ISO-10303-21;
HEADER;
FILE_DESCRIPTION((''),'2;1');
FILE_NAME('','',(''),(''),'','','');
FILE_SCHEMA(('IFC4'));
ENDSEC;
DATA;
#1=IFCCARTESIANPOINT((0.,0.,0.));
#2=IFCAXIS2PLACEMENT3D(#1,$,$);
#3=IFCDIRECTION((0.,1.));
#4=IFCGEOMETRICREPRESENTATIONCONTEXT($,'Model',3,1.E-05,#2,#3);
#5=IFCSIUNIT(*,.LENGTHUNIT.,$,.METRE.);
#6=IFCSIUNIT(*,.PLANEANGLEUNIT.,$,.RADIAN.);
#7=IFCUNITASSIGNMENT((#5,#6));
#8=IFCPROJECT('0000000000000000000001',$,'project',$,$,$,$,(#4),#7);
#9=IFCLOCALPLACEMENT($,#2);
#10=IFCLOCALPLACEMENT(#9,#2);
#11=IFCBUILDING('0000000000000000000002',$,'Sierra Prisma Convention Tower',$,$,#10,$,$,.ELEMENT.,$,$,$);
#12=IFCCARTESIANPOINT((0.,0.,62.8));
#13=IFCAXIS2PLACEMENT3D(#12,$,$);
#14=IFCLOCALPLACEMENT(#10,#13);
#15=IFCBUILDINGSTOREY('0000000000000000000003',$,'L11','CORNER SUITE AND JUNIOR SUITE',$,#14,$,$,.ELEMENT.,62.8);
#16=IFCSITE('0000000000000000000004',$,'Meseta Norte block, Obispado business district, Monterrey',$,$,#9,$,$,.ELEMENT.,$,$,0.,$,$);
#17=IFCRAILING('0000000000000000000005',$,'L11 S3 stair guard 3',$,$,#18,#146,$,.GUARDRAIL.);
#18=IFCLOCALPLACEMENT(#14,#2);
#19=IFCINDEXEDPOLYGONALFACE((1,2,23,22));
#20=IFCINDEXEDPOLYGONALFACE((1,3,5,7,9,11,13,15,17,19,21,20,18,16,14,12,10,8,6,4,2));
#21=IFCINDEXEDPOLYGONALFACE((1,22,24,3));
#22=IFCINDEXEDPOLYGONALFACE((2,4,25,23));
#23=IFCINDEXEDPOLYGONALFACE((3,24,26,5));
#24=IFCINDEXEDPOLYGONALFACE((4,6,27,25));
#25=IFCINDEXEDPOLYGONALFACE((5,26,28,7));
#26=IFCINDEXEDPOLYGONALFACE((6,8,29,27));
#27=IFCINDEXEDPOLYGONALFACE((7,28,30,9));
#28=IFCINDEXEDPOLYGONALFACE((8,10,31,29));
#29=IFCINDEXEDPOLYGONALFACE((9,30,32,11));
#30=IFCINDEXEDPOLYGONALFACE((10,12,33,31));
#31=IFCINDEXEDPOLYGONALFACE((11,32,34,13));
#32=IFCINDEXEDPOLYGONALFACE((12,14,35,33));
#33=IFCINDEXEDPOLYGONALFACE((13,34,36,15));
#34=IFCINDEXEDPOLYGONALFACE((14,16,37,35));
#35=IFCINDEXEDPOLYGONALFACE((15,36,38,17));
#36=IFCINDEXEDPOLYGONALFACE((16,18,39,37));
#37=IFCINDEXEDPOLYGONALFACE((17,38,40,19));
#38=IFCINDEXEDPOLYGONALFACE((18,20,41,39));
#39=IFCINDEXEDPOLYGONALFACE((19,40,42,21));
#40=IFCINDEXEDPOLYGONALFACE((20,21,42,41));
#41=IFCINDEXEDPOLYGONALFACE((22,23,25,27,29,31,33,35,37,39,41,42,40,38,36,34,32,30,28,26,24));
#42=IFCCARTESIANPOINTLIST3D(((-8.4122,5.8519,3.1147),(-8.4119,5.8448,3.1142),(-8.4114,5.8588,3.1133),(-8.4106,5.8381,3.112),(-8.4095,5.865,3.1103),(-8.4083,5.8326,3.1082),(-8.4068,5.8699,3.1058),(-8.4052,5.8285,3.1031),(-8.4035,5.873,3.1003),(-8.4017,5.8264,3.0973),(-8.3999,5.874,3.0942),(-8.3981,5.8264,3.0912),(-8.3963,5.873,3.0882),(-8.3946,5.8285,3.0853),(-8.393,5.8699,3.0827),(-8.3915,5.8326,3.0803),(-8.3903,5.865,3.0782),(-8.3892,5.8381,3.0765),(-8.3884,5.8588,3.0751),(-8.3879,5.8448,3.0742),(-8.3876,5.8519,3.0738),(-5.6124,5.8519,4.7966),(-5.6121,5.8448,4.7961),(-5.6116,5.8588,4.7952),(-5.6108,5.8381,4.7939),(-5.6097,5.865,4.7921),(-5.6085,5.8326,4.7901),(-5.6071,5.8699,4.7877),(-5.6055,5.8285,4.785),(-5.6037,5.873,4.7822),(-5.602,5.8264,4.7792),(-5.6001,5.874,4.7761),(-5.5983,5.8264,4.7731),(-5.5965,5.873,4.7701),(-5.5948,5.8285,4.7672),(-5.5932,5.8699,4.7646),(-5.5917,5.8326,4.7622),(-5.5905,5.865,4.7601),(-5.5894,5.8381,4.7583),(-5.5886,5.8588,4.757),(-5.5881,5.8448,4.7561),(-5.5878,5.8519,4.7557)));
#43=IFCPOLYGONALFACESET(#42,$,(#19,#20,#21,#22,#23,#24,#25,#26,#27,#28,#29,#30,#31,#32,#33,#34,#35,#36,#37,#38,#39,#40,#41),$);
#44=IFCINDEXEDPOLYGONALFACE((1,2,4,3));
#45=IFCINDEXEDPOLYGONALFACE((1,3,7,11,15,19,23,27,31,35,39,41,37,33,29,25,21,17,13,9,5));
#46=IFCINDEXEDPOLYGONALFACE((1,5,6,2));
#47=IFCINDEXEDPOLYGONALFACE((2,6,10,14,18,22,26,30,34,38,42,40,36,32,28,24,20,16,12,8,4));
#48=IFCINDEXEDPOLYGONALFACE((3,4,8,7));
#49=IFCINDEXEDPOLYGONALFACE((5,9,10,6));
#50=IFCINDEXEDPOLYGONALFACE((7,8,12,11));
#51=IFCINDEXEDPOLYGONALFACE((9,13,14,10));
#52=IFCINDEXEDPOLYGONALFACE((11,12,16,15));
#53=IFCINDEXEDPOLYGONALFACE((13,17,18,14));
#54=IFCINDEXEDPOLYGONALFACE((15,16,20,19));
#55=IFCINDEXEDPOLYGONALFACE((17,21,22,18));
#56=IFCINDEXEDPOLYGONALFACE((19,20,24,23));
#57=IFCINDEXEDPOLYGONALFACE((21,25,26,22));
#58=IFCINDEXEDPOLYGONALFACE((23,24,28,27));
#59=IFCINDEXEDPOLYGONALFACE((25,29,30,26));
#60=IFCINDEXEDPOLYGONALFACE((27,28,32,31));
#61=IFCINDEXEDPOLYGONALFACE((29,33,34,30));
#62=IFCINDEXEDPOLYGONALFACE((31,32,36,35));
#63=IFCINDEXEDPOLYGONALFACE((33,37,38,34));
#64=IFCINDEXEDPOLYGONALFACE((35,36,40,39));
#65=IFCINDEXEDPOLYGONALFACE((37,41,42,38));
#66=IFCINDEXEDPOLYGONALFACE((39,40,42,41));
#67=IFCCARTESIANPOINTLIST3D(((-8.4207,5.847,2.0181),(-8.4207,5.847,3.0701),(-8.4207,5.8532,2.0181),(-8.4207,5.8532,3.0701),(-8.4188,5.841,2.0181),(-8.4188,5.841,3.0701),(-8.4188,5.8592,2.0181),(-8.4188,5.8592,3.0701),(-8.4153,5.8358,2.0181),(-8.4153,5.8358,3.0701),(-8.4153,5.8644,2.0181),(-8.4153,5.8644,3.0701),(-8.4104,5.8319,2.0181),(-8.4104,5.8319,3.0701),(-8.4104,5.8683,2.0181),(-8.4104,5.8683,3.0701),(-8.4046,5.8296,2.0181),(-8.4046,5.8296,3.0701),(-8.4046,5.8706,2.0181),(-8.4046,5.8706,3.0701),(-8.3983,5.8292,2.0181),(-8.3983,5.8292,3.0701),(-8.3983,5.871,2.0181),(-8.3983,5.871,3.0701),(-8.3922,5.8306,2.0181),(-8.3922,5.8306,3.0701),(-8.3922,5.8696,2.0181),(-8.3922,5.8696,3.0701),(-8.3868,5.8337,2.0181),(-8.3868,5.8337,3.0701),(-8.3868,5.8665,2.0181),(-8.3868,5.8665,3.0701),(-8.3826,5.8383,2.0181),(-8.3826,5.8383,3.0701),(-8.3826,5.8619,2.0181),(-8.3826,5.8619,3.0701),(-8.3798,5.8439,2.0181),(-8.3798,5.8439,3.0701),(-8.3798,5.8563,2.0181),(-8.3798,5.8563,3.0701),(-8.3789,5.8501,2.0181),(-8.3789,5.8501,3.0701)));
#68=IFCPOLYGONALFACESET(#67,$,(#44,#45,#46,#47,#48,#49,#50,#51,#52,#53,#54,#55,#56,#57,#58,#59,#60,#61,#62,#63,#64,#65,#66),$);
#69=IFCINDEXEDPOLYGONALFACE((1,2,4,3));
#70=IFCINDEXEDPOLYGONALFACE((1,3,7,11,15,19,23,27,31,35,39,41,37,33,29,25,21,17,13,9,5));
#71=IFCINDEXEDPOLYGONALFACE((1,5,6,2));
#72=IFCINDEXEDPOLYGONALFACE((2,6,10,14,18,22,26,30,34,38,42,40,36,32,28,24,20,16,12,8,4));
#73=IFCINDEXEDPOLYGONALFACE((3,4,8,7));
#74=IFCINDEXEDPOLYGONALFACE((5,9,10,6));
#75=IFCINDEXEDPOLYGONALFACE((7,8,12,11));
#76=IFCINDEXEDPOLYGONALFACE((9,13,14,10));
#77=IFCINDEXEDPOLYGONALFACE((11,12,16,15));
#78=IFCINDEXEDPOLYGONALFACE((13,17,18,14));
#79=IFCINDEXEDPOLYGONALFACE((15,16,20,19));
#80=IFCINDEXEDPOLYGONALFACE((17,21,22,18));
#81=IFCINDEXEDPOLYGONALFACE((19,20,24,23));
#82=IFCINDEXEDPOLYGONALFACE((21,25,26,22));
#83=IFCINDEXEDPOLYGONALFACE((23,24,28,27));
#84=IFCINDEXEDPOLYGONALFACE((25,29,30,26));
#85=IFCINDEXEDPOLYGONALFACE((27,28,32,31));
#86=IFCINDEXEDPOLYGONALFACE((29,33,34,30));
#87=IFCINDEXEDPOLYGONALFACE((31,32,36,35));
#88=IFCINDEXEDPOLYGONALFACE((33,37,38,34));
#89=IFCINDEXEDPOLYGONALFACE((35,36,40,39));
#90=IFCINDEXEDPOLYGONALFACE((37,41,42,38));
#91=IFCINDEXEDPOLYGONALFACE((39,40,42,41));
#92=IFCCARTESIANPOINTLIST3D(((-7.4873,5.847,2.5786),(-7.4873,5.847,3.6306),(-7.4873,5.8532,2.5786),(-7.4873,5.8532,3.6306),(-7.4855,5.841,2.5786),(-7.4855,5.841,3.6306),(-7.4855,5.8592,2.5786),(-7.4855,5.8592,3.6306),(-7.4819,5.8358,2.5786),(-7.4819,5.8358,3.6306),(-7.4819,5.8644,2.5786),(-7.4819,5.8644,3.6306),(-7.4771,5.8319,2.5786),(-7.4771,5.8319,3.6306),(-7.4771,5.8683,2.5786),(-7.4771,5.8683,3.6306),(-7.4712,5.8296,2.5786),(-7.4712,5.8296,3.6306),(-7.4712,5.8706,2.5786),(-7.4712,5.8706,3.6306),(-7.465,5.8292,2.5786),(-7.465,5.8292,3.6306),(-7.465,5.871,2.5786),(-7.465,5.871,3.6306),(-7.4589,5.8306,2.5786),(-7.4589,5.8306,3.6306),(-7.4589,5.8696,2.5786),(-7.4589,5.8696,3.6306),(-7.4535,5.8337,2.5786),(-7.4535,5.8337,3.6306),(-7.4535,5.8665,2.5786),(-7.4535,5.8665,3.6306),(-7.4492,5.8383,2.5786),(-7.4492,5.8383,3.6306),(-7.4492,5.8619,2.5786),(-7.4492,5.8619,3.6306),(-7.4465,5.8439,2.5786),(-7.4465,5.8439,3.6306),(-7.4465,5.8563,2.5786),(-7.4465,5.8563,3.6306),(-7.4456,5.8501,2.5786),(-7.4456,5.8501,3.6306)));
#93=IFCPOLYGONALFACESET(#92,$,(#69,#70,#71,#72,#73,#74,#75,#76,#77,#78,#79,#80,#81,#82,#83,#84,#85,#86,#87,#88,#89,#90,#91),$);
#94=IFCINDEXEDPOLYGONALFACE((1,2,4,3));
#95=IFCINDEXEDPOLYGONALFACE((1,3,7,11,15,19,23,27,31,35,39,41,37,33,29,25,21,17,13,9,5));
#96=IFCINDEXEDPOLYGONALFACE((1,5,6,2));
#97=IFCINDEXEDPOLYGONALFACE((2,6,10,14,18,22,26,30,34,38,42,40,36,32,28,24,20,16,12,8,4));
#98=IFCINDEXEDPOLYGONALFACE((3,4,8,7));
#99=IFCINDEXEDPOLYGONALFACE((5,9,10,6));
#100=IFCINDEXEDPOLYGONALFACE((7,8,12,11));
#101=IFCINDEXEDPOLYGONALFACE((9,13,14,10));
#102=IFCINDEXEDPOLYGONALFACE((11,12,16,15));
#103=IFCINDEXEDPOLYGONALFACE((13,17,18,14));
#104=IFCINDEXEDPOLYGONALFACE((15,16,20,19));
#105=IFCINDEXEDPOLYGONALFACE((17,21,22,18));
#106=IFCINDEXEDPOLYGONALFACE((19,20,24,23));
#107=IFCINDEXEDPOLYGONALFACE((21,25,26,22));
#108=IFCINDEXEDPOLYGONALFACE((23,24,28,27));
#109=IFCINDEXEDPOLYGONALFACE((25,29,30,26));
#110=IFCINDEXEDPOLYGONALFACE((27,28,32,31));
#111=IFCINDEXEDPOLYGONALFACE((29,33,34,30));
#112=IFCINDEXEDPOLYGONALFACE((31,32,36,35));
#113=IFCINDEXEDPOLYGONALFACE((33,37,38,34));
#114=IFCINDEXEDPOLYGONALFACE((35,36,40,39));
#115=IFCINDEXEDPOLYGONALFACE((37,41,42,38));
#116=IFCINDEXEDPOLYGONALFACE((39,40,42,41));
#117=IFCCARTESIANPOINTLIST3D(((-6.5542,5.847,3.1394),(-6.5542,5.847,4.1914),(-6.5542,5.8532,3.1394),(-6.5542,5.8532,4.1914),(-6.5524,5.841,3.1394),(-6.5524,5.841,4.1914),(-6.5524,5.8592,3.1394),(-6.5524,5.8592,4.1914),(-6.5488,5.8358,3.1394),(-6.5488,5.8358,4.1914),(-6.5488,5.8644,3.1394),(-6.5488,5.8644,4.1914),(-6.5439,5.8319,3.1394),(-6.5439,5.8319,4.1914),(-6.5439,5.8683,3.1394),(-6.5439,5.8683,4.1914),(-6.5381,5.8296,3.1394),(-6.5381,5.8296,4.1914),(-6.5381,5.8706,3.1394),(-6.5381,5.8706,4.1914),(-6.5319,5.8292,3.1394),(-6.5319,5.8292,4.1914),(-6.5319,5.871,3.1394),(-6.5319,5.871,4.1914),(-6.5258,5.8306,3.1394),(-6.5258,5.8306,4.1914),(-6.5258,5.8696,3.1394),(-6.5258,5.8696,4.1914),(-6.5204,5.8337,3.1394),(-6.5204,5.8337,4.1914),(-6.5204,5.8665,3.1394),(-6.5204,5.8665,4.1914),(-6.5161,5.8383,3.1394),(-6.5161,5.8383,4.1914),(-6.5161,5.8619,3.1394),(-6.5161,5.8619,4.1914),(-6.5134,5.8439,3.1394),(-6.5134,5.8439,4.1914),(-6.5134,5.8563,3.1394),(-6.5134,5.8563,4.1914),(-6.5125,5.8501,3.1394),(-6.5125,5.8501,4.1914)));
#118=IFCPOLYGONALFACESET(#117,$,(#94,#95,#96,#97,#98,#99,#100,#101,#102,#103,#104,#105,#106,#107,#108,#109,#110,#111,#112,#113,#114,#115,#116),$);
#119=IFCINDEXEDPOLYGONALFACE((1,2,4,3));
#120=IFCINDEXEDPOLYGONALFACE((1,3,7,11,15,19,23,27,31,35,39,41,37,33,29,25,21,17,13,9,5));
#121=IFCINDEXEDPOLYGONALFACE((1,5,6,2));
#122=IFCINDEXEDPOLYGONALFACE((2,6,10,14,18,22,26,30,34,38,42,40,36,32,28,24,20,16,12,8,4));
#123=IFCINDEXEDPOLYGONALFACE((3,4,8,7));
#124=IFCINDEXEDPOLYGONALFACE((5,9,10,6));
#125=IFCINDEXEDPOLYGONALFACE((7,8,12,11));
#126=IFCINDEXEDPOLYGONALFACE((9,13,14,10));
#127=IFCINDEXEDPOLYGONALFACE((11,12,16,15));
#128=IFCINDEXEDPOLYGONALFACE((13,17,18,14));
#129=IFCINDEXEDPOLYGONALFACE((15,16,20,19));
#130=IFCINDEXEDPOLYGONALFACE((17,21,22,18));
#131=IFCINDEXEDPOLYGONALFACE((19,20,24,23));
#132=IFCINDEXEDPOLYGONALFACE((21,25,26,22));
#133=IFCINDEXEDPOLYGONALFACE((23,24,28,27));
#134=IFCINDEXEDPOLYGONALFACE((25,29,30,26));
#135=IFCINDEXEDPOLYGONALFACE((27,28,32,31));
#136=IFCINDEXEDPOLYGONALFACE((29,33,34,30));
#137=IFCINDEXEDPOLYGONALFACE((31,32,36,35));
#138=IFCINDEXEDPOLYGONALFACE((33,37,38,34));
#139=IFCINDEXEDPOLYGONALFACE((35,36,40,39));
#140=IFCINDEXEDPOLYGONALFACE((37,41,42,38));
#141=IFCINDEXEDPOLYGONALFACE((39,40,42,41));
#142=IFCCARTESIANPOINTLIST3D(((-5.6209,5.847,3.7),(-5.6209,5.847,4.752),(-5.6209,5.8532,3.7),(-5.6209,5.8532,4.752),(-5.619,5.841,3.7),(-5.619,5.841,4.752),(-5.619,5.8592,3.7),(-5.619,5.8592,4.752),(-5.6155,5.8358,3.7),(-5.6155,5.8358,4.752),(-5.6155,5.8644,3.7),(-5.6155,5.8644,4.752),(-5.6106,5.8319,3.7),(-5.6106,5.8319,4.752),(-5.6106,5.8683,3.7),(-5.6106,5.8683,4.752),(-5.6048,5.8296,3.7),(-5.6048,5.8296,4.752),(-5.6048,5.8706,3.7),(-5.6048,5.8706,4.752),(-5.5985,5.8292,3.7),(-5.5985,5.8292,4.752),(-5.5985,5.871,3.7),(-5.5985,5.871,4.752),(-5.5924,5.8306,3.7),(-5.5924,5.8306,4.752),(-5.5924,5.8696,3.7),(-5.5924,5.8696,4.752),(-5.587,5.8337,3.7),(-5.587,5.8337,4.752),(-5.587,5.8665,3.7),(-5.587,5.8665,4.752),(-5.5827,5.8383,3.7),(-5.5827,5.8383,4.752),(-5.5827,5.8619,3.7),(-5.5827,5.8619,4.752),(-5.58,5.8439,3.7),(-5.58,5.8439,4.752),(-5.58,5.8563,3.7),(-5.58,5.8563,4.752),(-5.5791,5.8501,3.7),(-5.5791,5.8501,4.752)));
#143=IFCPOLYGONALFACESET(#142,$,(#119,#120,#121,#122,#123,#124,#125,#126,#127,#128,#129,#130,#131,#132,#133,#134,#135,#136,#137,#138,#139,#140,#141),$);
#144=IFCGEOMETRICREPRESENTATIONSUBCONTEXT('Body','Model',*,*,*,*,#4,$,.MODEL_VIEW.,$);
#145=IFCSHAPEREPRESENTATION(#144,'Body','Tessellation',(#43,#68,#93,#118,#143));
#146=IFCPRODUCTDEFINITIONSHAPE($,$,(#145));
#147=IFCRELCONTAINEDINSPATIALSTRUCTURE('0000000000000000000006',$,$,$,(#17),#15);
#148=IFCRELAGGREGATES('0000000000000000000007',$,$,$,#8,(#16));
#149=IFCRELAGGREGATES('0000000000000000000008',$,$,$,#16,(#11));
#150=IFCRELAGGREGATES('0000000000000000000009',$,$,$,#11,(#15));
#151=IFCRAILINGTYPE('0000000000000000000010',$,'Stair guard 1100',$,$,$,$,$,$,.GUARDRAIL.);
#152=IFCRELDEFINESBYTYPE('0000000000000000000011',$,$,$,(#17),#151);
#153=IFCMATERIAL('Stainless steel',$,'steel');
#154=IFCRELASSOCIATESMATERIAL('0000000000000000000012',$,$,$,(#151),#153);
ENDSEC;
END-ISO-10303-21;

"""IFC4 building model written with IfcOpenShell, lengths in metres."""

from ifc_helpers import new_model, si_unit, direction, frame, origin, origin_2d, place, context, subcontext, project, spatial, circle, extrude, material, type_object, element, save


model = new_model("IFC4")

# Units and contexts
model_context = context("Model", 3, precision=1e-05, world=origin(), true_north=direction((0.0, 1.0)))
body_context = subcontext(model_context, "Body", "Model", "MODEL_VIEW")
ifc_project = project(units=[si_unit("LENGTHUNIT", "METRE"), si_unit("PLANEANGLEUNIT", "RADIAN")], contexts=[model_context])

# Site, building, storey
site_placement = place(None, origin())
site = spatial("IfcSite", under=ifc_project, at=site_placement, Name="Meseta Norte block, Obispado business district, Monterrey", CompositionType="ELEMENT", RefElevation=0.0)
building_placement = place(site_placement, origin())
building = spatial("IfcBuilding", under=site, at=building_placement, Name="Sierra Prisma Convention Tower", CompositionType="ELEMENT")
storey_placement = place(building_placement, frame((0.0, 0.0, 62.8)))
storey = spatial("IfcBuildingStorey", under=building, at=storey_placement, Name="L11", Description="CORNER SUITE AND JUNIOR SUITE", CompositionType="ELEMENT", Elevation=62.8)

# Railing
ifc_material_1 = material(Name="Stainless steel", Category="steel")
railing_type_1 = type_object("IfcRailingType", Name="Stair guard 1100", PredefinedType="GUARDRAIL", material=ifc_material_1)
railing_1_placement = place(storey_placement, frame((-8.3999, 5.8501, 2.0181)))
element("IfcRailing", 1, at=railing_1_placement, inside=storey, type_object=railing_type_1, Name="L11 S3 stair guard 3", PredefinedType="GUARDRAIL", context=body_context, shape_type="SweptSolid", body=[
    extrude(circle(Radius=0.0239, at=origin_2d()), frame((0.0, 0.0, 1.0762), z_axis=(0.857222, 0.0, 0.514946), x_axis=(0.0, 1.0, 0.0)), (0.0, 0.0, 1.0), 3.2661),
    extrude(circle(Radius=0.021, at=origin_2d()), origin(), (0.0, 0.0, 1.0), 1.052),
    extrude(circle(Radius=0.021, at=origin_2d()), frame((0.9333, 0.0, 0.5605)), (0.0, 0.0, 1.0), 1.052),
    extrude(circle(Radius=0.021, at=origin_2d()), frame((1.8665, 0.0, 1.1213)), (0.0, 0.0, 1.0), 1.052),
    extrude(circle(Radius=0.021, at=origin_2d()), frame((2.7998, 0.0, 1.6819)), (0.0, 0.0, 1.0), 1.052),
])

save(model, "model.ifc")
